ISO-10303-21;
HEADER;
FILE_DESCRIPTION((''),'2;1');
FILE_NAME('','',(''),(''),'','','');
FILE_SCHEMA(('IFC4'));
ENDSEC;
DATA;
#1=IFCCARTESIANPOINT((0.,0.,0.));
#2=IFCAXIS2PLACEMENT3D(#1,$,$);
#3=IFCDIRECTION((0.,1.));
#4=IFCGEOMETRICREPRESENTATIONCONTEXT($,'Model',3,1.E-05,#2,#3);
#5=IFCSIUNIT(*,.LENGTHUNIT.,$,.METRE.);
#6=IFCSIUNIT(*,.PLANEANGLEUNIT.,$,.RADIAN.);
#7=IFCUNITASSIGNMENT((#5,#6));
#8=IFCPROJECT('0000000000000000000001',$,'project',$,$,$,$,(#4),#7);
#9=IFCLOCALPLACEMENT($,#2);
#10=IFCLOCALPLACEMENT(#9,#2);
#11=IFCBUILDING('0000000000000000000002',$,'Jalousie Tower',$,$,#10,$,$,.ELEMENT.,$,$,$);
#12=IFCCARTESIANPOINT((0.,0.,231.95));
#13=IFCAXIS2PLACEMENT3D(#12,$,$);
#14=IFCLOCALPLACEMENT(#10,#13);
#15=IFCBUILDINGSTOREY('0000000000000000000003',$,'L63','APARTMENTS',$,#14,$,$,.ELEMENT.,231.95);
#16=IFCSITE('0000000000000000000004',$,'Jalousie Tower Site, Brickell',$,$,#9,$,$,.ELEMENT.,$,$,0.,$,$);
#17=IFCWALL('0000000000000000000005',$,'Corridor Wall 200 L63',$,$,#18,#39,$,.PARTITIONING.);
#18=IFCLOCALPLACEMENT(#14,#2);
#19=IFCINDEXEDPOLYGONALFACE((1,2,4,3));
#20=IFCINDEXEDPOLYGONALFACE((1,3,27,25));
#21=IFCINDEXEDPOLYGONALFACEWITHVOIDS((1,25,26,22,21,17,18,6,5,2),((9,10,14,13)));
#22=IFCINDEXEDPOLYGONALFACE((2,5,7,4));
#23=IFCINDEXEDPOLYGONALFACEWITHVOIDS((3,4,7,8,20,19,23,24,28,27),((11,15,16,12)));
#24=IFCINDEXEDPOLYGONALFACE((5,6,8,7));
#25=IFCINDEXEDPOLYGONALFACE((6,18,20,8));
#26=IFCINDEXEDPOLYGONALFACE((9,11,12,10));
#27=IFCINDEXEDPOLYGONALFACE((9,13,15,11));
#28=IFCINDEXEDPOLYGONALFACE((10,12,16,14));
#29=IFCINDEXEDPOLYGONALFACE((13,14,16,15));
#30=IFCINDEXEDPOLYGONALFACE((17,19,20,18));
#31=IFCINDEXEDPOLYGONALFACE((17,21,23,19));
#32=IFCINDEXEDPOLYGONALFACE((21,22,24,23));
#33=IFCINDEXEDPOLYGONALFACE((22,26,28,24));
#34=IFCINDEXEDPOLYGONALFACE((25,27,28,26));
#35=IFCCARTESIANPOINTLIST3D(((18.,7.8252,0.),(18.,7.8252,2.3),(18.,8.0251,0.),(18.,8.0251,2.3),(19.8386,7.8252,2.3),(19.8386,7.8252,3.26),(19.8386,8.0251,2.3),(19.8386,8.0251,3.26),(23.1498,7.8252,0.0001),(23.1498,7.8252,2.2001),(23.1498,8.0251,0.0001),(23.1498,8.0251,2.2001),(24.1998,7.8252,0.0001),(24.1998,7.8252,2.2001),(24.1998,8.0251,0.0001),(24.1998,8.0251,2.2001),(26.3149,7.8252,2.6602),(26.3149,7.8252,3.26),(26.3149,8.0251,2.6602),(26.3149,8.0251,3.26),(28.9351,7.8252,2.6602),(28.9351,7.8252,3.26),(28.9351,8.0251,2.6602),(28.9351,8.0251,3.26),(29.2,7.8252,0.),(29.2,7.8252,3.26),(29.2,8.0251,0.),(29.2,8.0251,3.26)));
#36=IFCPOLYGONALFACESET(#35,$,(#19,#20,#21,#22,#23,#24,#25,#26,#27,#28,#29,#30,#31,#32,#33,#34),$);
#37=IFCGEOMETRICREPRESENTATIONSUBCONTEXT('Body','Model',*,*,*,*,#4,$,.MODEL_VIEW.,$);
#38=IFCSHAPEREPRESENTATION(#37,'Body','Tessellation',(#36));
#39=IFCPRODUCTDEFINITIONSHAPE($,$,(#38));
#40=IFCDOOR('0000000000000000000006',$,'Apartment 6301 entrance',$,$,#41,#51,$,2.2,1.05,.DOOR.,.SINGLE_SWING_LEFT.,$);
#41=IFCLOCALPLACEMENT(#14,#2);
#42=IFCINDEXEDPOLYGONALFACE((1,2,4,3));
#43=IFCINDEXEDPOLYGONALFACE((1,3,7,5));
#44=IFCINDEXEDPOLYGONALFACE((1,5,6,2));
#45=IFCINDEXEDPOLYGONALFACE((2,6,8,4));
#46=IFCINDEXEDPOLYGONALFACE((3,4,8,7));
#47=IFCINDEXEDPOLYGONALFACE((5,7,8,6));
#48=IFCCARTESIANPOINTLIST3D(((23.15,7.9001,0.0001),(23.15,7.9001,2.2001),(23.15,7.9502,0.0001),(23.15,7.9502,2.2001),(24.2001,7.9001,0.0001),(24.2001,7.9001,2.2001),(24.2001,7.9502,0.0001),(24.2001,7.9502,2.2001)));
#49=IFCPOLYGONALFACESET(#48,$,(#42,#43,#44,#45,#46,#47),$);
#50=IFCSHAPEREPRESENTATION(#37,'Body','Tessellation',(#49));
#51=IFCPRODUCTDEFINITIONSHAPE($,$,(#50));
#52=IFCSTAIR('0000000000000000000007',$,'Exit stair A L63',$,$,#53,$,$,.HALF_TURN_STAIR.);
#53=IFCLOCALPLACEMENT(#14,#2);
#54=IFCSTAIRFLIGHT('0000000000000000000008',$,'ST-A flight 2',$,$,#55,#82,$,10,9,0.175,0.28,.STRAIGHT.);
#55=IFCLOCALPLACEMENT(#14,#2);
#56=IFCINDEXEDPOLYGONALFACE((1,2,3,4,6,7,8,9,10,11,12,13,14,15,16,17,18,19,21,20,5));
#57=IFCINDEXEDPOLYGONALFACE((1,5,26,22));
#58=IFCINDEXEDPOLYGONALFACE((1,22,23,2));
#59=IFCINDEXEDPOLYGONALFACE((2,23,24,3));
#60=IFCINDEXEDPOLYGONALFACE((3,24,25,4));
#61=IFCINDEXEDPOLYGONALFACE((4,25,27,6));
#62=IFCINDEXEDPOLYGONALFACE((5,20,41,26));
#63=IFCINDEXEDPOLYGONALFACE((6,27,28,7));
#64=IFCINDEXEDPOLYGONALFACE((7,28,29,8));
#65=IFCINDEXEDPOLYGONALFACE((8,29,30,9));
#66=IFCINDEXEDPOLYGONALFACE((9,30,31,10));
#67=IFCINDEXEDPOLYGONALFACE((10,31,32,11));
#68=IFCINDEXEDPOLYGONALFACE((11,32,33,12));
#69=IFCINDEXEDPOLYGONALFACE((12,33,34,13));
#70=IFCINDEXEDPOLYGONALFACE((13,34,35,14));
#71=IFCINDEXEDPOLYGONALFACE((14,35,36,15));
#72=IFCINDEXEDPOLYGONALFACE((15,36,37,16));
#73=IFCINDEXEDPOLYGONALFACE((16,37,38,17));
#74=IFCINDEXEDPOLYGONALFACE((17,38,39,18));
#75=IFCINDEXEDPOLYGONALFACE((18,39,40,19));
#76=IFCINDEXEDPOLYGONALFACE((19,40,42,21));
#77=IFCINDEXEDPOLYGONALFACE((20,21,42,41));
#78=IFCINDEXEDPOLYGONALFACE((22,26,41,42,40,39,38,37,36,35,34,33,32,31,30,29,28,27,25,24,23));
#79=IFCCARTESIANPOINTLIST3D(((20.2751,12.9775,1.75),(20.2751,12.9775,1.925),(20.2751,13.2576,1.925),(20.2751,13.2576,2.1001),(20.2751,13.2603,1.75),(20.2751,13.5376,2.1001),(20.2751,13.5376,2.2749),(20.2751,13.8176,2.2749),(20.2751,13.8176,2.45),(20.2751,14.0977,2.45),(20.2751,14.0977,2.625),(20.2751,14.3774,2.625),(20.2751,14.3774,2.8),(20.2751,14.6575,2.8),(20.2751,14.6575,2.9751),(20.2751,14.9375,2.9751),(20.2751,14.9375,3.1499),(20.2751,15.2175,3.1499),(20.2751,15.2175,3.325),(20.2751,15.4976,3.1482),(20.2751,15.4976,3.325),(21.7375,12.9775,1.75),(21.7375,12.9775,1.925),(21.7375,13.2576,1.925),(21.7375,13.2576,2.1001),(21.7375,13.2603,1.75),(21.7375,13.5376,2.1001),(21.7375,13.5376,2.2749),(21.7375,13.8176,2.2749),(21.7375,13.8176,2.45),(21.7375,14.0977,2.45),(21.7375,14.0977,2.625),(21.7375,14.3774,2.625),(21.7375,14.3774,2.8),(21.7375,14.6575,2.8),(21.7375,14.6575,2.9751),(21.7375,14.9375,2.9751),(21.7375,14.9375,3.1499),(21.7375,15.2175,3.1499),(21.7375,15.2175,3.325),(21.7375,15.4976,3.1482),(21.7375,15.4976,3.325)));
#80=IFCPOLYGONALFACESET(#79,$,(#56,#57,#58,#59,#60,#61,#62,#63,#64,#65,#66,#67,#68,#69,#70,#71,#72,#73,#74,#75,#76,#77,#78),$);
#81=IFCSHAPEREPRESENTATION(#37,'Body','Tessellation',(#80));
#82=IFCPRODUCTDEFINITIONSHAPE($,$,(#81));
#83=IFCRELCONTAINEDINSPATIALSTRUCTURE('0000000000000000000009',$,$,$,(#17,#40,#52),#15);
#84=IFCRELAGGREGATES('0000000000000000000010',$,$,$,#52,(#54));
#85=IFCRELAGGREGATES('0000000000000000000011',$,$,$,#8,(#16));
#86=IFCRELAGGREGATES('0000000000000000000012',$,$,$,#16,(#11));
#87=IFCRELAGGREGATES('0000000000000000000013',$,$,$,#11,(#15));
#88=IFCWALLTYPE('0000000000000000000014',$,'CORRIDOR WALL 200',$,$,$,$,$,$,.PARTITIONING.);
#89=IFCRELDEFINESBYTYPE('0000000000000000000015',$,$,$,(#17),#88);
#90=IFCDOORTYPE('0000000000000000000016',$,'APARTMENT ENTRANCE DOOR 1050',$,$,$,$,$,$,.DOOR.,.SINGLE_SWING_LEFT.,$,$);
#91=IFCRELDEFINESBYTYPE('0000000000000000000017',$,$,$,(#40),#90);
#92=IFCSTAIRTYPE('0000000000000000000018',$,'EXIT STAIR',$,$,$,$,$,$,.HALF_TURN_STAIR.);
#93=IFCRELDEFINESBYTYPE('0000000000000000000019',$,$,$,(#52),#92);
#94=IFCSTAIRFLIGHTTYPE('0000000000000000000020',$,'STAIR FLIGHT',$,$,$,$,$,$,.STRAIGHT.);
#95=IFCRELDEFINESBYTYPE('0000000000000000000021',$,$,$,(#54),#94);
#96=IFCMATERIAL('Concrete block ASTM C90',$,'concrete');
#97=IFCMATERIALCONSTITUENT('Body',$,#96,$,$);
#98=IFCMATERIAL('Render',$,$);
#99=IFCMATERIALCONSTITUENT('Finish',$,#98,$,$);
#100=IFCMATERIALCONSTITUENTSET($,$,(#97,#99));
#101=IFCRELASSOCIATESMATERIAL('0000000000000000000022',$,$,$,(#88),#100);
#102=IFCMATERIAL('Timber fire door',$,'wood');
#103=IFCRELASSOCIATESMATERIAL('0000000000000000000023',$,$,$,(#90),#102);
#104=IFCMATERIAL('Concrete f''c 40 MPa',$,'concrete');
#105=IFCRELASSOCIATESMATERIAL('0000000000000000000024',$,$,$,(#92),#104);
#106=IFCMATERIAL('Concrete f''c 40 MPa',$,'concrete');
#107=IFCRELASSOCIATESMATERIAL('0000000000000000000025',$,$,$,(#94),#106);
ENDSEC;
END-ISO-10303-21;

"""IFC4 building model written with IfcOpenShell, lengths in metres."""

from ifc_helpers import new_model, si_unit, direction, frame, frame_2d, origin, place, context, subcontext, project, spatial, polyline, rectangle, outline, extrude, material, constituent, constituent_set, type_object, element, fill, aggregate, save


model = new_model("IFC4")

# Units and contexts
model_context = context("Model", 3, precision=1e-05, world=origin(), true_north=direction((0.0, 1.0)))
body_context = subcontext(model_context, "Body", "Model", "MODEL_VIEW")
ifc_project = project(units=[si_unit("LENGTHUNIT", "METRE"), si_unit("PLANEANGLEUNIT", "RADIAN")], contexts=[model_context])

# Site, building, storey
site_placement = place(None, origin())
site = spatial("IfcSite", under=ifc_project, at=site_placement, Name="Jalousie Tower Site, Brickell", CompositionType="ELEMENT", RefElevation=0.0)
building_placement = place(site_placement, origin())
building = spatial("IfcBuilding", under=site, at=building_placement, Name="Jalousie Tower", CompositionType="ELEMENT")
storey_placement = place(building_placement, frame((0.0, 0.0, 231.95)))
storey = spatial("IfcBuildingStorey", under=building, at=storey_placement, Name="L63", Description="APARTMENTS", CompositionType="ELEMENT", Elevation=231.95)

# Wall, opening, door
ifc_material_1 = material(Name="Concrete block ASTM C90", Category="concrete")
ifc_constituent_1 = constituent(ifc_material_1, Name="Body")
ifc_material_2 = material(Name="Render")
ifc_constituent_2 = constituent(ifc_material_2, Name="Finish")
ifc_constituent_set_1 = constituent_set(constituents=[ifc_constituent_1, ifc_constituent_2])
wall_type_1 = type_object("IfcWallType", Name="CORRIDOR WALL 200", PredefinedType="PARTITIONING", material=ifc_constituent_set_1)
wall_1_placement = place(storey_placement, frame((18.0, 7.925, 0.0), z_axis=(0.0, 0.0, 1.0), x_axis=(1.0, 0.0, 0.0)))
wall_1 = element("IfcWall", 1, at=wall_1_placement, inside=storey, type_object=wall_type_1, Name="Corridor Wall 200 L63", PredefinedType="PARTITIONING", context=body_context, shape_type="SweptSolid", body=[
    extrude(outline(polyline([(0.0, 0.0), (11.2, 0.0), (11.2, 3.26), (10.9351, 3.26), (10.9351, 2.6602), (8.3149, 2.6602), (8.3149, 3.26), (1.8386, 3.26), (1.8386, 2.3), (0.0, 2.3), (0.0, 3.26), (0.0, 0.0)])), frame((0.0, 0.1001, 0.0), z_axis=(0.0, -1.0, 0.0), x_axis=(1.0, 0.0, 0.0)), (0.0, 0.0, 1.0), 0.2),
])
opening_1_placement = place(wall_1_placement, frame((5.1499, 0.0, 0.0)))
opening_1 = element("IfcOpeningElement", 2, at=opening_1_placement, cuts=wall_1, PredefinedType="OPENING", context=body_context, shape_type="SweptSolid", body=[
    extrude(rectangle(XDim=1.05, YDim=2.2, at=frame_2d((0.5249, 1.1001))), frame((0.0, 0.1099, 0.0), z_axis=(0.0, -1.0, 0.0), x_axis=(1.0, 0.0, 0.0)), (0.0, 0.0, 1.0), 0.22),
])
ifc_material_3 = material(Name="Timber fire door", Category="wood")
door_type_1 = type_object("IfcDoorType", Name="APARTMENT ENTRANCE DOOR 1050", OperationType="SINGLE_SWING_LEFT", PredefinedType="DOOR", material=ifc_material_3)
door_1_placement = place(opening_1_placement, frame((1.05, 0.0, 0.0), z_axis=(0.0, 0.0, 1.0), x_axis=(-1.0, 0.0, 0.0)))
door_1 = element("IfcDoor", 3, at=door_1_placement, inside=storey, type_object=door_type_1, Name="Apartment 6301 entrance", OperationType="SINGLE_SWING_LEFT", OverallHeight=2.2, OverallWidth=1.05, PredefinedType="DOOR", context=body_context, shape_type="SweptSolid", body=[
    extrude(rectangle(XDim=1.05, YDim=2.2, at=frame_2d((0.5249, 1.1001))), frame((0.0, 0.0249, 0.0), z_axis=(0.0, -1.0, 0.0), x_axis=(1.0, 0.0, 0.0)), (0.0, 0.0, 1.0), 0.05),
])
fill(opening_1, door_1)

# Stair, stair flight
ifc_material_4 = material(Name="Concrete f'c 40 MPa", Category="concrete")
stair_type = type_object("IfcStairType", Name="EXIT STAIR", PredefinedType="HALF_TURN_STAIR", material=ifc_material_4)
stair_placement = place(storey_placement, origin())
stair = element("IfcStair", 4, at=stair_placement, inside=storey, type_object=stair_type, Name="Exit stair A L63", PredefinedType="HALF_TURN_STAIR")
ifc_material_5 = material(Name="Concrete f'c 40 MPa", Category="concrete")
stair_flight_type = type_object("IfcStairFlightType", Name="STAIR FLIGHT", PredefinedType="STRAIGHT", material=ifc_material_5)
stair_flight_placement = place(storey_placement, frame((21.0063, 12.9775, 1.75), z_axis=(0.0, 0.0, 1.0), x_axis=(0.0, 1.0, 0.0)))
stair_flight = element("IfcStairFlight", 5, at=stair_flight_placement, type_object=stair_flight_type, Name="ST-A flight 2", NumberOfRisers=10, NumberOfTreads=9, PredefinedType="STRAIGHT", RiserHeight=0.175, TreadLength=0.28, context=body_context, shape_type="SweptSolid", body=[
    extrude(outline(polyline([(0.0, 0.0), (0.0, 0.175), (0.28, 0.175), (0.28, 0.3501), (0.5601, 0.3501), (0.5601, 0.5249), (0.8401, 0.5249), (0.8401, 0.7), (1.1201, 0.7), (1.1201, 0.875), (1.3999, 0.875), (1.3999, 1.05), (1.6799, 1.05), (1.6799, 1.2251), (1.96, 1.2251), (1.96, 1.3999), (2.24, 1.3999), (2.24, 1.575), (2.52, 1.575), (2.52, 1.75), (2.52, 1.3982), (0.2827, 0.0), (0.0, 0.0)])), frame((0.0, 0.7312, 0.0), z_axis=(0.0, -1.0, 0.0), x_axis=(1.0, 0.0, 0.0)), (0.0, 0.0, 1.0), 1.4624),
])
aggregate(stair, [stair_flight])

save(model, "model.ifc")
